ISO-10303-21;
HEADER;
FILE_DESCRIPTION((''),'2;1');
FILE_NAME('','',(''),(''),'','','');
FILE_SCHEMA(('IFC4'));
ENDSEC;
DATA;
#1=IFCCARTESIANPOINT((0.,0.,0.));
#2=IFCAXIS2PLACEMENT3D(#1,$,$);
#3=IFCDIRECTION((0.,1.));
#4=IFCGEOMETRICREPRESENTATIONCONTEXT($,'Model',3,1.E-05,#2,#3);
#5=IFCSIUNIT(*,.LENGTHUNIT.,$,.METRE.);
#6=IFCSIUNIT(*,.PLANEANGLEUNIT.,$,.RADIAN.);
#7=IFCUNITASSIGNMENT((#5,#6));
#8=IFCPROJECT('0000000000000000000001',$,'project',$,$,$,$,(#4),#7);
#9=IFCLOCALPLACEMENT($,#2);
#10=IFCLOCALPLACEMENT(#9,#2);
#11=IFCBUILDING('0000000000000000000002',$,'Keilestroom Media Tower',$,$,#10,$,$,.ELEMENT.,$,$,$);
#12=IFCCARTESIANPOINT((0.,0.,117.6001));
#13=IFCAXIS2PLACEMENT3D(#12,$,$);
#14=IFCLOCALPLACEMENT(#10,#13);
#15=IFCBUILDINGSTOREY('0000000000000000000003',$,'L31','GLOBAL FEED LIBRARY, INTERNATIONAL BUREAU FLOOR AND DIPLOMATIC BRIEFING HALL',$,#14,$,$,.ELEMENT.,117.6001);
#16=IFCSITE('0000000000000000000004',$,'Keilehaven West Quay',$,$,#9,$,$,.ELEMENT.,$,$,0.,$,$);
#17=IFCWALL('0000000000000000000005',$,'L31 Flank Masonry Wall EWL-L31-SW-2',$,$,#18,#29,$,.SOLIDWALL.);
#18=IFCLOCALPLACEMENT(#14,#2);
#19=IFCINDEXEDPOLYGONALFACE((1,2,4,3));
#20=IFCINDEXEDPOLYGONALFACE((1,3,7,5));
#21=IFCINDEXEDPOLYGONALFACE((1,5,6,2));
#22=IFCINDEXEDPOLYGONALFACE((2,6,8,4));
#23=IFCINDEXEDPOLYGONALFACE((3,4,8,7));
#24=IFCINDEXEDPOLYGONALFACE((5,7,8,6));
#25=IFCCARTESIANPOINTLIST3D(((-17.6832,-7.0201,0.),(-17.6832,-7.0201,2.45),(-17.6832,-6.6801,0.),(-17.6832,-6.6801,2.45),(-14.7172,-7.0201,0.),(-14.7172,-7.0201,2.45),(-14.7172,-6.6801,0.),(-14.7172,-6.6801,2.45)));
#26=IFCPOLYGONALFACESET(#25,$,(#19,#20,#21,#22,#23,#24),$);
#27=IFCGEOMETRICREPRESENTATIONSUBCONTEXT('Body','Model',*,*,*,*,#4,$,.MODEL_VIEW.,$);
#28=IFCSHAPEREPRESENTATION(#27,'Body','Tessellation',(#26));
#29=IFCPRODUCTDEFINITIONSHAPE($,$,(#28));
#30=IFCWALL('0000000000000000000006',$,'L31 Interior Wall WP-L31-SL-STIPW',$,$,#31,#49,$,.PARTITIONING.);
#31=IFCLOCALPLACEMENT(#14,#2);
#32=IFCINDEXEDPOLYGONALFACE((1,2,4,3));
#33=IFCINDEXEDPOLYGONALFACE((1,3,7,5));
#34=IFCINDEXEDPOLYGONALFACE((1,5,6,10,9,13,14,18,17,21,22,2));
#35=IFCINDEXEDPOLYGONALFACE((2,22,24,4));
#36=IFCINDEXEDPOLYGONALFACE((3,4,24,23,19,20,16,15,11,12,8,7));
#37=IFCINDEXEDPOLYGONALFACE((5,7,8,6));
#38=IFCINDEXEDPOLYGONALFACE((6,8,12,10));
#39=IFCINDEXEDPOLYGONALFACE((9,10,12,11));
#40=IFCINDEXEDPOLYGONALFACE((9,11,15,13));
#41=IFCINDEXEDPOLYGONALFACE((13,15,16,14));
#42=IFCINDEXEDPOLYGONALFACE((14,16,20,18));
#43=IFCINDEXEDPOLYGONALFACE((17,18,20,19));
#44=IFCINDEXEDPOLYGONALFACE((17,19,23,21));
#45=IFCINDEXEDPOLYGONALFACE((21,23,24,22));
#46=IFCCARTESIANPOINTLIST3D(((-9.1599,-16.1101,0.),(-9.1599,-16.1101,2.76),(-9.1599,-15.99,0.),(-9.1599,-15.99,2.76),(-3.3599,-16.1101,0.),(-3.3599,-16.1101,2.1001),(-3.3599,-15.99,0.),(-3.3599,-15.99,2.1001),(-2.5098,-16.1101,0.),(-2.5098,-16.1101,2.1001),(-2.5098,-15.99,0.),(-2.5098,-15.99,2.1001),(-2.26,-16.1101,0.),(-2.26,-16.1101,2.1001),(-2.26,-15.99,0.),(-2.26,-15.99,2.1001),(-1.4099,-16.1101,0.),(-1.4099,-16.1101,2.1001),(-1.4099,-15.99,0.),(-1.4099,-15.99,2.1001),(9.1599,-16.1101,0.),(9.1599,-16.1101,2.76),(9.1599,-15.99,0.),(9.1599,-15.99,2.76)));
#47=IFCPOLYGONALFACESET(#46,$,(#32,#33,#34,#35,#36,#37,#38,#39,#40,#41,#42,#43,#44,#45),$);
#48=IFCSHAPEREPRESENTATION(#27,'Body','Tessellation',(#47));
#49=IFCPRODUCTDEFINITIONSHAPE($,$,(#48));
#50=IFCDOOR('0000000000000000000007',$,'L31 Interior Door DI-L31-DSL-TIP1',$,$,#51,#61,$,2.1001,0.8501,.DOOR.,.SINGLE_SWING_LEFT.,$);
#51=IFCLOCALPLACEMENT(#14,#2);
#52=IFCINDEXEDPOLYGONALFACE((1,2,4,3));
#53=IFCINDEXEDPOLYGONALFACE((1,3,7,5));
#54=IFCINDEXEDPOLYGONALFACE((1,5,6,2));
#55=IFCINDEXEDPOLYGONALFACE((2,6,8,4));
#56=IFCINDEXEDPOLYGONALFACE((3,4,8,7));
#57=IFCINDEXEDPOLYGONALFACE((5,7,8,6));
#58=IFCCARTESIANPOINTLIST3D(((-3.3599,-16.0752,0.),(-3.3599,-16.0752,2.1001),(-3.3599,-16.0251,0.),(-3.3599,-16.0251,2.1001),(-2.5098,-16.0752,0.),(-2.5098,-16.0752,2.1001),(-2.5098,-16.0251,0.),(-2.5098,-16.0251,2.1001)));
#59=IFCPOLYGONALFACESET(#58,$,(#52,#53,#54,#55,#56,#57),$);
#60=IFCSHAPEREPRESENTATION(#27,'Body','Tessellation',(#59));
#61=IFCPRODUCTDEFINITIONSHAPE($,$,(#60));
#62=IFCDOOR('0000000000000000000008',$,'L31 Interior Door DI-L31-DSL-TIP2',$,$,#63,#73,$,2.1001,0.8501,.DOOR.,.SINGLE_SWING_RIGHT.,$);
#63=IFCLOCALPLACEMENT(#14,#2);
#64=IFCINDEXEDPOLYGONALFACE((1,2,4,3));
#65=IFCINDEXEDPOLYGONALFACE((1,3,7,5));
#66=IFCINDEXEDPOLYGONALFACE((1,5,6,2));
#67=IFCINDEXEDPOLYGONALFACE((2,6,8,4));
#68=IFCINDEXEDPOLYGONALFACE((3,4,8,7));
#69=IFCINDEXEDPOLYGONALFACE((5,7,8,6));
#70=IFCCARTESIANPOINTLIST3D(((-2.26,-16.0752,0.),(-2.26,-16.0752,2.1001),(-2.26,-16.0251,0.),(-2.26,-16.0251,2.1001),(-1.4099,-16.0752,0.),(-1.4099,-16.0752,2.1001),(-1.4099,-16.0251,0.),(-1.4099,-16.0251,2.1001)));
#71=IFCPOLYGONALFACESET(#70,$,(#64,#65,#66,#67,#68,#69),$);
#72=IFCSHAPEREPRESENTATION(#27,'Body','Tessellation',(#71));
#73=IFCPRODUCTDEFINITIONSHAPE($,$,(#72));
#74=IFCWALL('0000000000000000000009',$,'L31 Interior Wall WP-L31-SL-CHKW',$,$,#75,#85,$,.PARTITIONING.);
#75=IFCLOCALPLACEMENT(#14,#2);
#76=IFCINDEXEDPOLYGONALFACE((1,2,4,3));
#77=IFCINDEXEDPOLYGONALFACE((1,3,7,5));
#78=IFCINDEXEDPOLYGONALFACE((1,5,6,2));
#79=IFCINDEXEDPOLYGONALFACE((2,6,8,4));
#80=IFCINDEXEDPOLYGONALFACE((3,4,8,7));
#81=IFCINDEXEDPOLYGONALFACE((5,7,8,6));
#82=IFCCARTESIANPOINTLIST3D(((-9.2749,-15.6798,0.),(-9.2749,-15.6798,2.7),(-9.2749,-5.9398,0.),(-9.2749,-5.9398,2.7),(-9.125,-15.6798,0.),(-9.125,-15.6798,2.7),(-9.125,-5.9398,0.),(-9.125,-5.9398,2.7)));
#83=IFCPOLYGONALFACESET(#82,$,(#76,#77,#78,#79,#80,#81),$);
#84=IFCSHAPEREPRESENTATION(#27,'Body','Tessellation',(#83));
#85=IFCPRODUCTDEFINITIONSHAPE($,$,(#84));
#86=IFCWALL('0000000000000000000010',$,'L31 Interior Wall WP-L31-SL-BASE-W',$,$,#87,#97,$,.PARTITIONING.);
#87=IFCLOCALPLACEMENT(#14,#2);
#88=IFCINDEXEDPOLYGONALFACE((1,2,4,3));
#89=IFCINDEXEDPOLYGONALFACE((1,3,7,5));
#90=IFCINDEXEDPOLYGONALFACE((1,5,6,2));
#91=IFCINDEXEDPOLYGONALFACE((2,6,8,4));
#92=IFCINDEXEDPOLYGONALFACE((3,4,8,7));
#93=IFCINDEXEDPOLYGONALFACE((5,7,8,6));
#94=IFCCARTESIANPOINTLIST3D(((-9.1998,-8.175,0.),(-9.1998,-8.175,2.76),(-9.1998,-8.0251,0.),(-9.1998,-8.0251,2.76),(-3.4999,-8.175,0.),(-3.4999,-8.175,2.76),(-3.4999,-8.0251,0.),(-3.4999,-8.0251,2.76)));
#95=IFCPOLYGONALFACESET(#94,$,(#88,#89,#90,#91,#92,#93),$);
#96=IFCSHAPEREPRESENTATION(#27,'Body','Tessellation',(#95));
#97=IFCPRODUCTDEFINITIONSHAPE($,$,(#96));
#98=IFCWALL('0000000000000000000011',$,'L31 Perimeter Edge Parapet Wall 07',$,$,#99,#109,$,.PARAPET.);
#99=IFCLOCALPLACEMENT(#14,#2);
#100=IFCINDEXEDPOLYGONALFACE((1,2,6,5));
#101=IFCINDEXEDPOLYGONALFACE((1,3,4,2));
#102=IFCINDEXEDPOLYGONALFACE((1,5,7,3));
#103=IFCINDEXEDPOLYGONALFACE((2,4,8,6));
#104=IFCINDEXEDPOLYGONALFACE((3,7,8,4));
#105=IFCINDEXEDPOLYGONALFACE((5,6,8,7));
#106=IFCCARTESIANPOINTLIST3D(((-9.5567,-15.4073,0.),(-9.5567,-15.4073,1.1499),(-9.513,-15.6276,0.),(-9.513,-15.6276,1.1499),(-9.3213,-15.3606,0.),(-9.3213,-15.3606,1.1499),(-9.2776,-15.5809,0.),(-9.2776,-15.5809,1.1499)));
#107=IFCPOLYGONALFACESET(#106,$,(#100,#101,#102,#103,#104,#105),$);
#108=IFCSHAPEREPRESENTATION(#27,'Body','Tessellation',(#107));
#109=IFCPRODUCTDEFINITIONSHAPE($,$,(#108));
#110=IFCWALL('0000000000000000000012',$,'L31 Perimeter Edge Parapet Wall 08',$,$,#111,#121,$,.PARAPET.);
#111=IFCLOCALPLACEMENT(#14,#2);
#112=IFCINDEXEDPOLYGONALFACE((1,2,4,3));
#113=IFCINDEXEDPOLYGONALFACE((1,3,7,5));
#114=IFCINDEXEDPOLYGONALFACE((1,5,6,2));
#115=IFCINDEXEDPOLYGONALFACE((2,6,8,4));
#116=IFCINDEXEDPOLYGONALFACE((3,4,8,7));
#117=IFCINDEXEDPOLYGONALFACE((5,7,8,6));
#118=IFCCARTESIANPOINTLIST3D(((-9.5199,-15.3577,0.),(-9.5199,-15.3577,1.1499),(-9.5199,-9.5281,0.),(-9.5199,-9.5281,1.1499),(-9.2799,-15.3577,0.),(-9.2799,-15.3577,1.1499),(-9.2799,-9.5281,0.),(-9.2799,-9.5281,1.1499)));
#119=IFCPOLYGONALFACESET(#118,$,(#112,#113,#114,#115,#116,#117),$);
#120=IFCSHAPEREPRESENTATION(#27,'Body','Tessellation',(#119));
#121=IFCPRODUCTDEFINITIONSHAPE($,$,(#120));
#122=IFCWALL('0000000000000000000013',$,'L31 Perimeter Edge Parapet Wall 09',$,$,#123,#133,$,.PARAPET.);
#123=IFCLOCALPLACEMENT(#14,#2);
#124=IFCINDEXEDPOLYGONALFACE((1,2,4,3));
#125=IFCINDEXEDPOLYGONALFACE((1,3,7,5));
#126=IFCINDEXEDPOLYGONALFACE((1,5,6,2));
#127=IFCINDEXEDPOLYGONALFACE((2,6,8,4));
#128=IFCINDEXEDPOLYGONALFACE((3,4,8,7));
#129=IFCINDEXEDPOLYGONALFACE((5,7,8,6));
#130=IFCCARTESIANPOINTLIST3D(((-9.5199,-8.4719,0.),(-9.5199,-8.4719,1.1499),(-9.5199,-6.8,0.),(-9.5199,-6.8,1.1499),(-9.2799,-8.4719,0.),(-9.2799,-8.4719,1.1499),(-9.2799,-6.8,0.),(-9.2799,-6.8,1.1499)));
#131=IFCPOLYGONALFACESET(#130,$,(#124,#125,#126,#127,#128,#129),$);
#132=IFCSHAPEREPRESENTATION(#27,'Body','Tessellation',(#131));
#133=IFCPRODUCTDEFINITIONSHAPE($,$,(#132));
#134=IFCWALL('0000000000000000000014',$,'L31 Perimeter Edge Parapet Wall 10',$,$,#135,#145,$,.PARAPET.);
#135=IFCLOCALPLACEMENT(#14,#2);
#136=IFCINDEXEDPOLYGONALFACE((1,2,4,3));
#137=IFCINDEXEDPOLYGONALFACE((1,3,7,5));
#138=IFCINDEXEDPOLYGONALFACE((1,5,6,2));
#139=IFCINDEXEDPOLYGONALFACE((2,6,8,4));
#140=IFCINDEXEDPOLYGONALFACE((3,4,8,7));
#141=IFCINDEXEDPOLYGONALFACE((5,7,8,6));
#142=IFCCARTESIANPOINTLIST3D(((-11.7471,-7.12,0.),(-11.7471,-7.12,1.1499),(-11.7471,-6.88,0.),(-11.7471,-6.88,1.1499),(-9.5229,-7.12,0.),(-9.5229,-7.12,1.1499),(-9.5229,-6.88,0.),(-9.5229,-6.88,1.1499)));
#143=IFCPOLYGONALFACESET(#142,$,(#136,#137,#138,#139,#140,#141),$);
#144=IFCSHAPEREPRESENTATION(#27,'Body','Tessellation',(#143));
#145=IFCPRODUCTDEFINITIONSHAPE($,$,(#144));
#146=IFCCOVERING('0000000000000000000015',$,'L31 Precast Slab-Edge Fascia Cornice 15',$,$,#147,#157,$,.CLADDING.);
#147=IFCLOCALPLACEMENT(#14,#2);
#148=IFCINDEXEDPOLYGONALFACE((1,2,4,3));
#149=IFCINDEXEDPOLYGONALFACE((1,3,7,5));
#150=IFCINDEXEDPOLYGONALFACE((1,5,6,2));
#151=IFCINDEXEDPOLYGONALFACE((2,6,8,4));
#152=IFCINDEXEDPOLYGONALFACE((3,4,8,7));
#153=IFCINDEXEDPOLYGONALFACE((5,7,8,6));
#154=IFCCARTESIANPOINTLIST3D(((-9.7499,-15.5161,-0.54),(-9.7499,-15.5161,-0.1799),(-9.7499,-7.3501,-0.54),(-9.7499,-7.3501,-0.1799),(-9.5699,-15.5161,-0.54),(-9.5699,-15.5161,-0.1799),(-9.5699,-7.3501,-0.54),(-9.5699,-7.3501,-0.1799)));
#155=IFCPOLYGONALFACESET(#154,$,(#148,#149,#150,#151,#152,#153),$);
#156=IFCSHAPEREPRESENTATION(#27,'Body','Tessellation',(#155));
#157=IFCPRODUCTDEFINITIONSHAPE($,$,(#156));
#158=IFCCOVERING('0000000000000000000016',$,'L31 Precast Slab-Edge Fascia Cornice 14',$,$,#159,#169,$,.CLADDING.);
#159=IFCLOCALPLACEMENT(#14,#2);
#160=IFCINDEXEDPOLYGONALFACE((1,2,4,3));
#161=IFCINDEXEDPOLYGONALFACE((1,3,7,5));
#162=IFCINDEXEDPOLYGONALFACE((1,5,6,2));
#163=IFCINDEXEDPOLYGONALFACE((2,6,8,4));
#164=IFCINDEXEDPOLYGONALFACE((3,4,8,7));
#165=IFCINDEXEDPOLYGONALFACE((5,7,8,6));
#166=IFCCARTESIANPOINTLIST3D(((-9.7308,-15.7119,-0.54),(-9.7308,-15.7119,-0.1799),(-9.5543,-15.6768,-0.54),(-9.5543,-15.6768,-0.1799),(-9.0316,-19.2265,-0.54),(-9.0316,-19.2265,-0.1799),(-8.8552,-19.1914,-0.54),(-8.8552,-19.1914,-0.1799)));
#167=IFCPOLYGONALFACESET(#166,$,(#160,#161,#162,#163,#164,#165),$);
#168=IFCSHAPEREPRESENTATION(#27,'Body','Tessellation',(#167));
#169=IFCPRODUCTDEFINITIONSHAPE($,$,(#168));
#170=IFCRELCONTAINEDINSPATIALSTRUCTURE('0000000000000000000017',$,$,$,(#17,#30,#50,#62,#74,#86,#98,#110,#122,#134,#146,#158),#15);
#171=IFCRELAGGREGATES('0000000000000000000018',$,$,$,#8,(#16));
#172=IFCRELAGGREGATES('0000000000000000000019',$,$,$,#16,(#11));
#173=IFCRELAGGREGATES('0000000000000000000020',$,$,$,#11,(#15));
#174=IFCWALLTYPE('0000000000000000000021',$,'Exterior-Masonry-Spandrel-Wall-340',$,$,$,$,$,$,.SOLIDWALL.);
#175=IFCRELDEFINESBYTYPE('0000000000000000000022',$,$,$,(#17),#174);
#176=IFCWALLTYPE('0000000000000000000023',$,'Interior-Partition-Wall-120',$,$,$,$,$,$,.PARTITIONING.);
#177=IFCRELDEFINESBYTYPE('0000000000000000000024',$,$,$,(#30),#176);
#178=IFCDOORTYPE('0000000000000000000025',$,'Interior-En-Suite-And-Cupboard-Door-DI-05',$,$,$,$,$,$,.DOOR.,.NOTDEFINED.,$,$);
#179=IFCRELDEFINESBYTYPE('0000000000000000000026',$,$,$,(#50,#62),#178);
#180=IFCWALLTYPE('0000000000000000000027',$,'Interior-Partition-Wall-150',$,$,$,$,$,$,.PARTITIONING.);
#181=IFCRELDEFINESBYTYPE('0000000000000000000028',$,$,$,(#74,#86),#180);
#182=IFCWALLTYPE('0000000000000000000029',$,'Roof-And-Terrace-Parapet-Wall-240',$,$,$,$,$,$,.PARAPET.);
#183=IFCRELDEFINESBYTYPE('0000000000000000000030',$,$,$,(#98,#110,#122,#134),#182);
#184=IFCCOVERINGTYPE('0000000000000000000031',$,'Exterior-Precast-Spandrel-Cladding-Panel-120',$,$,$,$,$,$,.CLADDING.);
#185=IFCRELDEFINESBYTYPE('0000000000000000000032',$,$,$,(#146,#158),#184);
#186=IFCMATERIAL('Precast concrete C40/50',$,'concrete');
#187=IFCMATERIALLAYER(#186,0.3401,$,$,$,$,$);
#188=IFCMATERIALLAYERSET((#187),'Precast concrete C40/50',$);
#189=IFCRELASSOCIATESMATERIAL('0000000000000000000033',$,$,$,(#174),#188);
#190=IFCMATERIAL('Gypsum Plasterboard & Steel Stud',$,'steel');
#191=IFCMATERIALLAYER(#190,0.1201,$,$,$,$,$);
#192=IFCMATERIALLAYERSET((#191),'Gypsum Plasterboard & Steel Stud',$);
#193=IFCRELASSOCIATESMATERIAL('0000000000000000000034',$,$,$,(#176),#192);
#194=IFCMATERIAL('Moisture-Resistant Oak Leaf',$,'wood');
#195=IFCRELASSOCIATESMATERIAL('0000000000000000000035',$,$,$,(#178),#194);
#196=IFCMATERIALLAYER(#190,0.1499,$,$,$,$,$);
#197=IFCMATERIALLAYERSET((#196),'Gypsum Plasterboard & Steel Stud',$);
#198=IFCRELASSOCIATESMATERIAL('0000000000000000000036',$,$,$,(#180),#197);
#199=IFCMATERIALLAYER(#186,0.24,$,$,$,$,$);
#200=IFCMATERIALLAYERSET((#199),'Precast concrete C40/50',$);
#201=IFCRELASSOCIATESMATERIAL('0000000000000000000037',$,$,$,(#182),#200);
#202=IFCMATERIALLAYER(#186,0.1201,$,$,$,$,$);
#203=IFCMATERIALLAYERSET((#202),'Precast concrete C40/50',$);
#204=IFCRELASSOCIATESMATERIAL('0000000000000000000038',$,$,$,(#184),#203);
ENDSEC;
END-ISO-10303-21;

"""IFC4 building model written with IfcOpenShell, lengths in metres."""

from ifc_helpers import new_model, si_unit, direction, frame, frame_2d, origin, origin_2d, place, context, subcontext, project, spatial, rectangle, extrude, source, transform, mapped, material, layer, layer_set, type_object, element, fill, save


model = new_model("IFC4")

# Units and contexts
model_context = context("Model", 3, precision=1e-05, world=origin(), true_north=direction((0.0, 1.0)))
body_context = subcontext(model_context, "Body", "Model", "MODEL_VIEW")
ifc_project = project(units=[si_unit("LENGTHUNIT", "METRE"), si_unit("PLANEANGLEUNIT", "RADIAN")], contexts=[model_context])

# Site, building, storey
site_placement = place(None, origin())
site = spatial("IfcSite", under=ifc_project, at=site_placement, Name="Keilehaven West Quay", CompositionType="ELEMENT", RefElevation=0.0)
building_placement = place(site_placement, origin())
building = spatial("IfcBuilding", under=site, at=building_placement, Name="Keilestroom Media Tower", CompositionType="ELEMENT")
storey_placement = place(building_placement, frame((0.0, 0.0, 117.6001)))
storey = spatial("IfcBuildingStorey", under=building, at=storey_placement, Name="L31", Description="GLOBAL FEED LIBRARY, INTERNATIONAL BUREAU FLOOR AND DIPLOMATIC BRIEFING HALL", CompositionType="ELEMENT", Elevation=117.6001)

# Shared definitions
ifc_material_1 = material(Name="Precast concrete C40/50", Category="concrete")

# Wall
ifc_layer_1 = layer(ifc_material_1, 0.3401)
ifc_layer_set_1 = layer_set([ifc_layer_1], Name="Precast concrete C40/50")
wall_type_1 = type_object("IfcWallType", Name="Exterior-Masonry-Spandrel-Wall-340", PredefinedType="SOLIDWALL", material=ifc_layer_set_1)
wall_1_placement = place(storey_placement, frame((-17.6831, -6.8501, 0.0), z_axis=(0.0, 0.0, 1.0), x_axis=(1.0, 0.0, 0.0)))
element("IfcWall", 1, at=wall_1_placement, inside=storey, type_object=wall_type_1, Name="L31 Flank Masonry Wall EWL-L31-SW-2", PredefinedType="SOLIDWALL", context=body_context, shape_type="SweptSolid", body=[
    extrude(rectangle(XDim=2.9661, YDim=0.3401, at=frame_2d((1.4829, 0.0))), origin(), (0.0, 0.0, 1.0), 2.45),
])

# Wall, openings, doors
ifc_material_2 = material(Name="Gypsum Plasterboard & Steel Stud", Category="steel")
ifc_layer_2 = layer(ifc_material_2, 0.1201)
ifc_layer_set_2 = layer_set([ifc_layer_2], Name="Gypsum Plasterboard & Steel Stud")
wall_type_2 = type_object("IfcWallType", Name="Interior-Partition-Wall-120", PredefinedType="PARTITIONING", material=ifc_layer_set_2)
wall_2_placement = place(storey_placement, frame((-9.1599, -16.05, 0.0), z_axis=(0.0, 0.0, 1.0), x_axis=(1.0, 0.0, 0.0)))
wall_2 = element("IfcWall", 2, at=wall_2_placement, inside=storey, type_object=wall_type_2, Name="L31 Interior Wall WP-L31-SL-STIPW", PredefinedType="PARTITIONING", context=body_context, shape_type="SweptSolid", body=[
    extrude(rectangle(XDim=18.3198, YDim=0.1201, at=frame_2d((9.1599, 0.0))), origin(), (0.0, 0.0, 1.0), 2.76),
])
opening_1_placement = place(wall_2_placement, frame((5.8, 0.0, 0.0)))
opening_1 = element("IfcOpeningElement", 3, at=opening_1_placement, cuts=wall_2, PredefinedType="OPENING", context=body_context, shape_type="SweptSolid", body=[
    extrude(rectangle(XDim=0.8501, YDim=2.1001, at=frame_2d((0.425, 1.05))), frame((0.0, 0.0701, 0.0), z_axis=(0.0, -1.0, 0.0), x_axis=(1.0, 0.0, 0.0)), (0.0, 0.0, 1.0), 0.1401),
])
opening_2_placement = place(wall_2_placement, frame((6.8999, 0.0, 0.0)))
opening_2 = element("IfcOpeningElement", 4, at=opening_2_placement, cuts=wall_2, PredefinedType="OPENING", context=body_context, shape_type="SweptSolid", body=[
    extrude(rectangle(XDim=0.8501, YDim=2.1001, at=frame_2d((0.425, 1.05))), frame((0.0, 0.0701, 0.0), z_axis=(0.0, -1.0, 0.0), x_axis=(1.0, 0.0, 0.0)), (0.0, 0.0, 1.0), 0.1401),
])
ifc_material_3 = material(Name="Moisture-Resistant Oak Leaf", Category="wood")
door_type = type_object("IfcDoorType", Name="Interior-En-Suite-And-Cupboard-Door-DI-05", OperationType="NOTDEFINED", PredefinedType="DOOR", material=ifc_material_3)
shared_shape_1 = source(origin(), body_context, "Body", "SweptSolid", [
    extrude(rectangle(XDim=0.8501, YDim=2.1001, at=frame_2d((0.425, 1.05))), frame((0.0, 0.0249, 0.0), z_axis=(0.0, -1.0, 0.0), x_axis=(1.0, 0.0, 0.0)), (0.0, 0.0, 1.0), 0.05),
])
door_1_placement = place(opening_1_placement, origin())
door_1 = element("IfcDoor", 5, at=door_1_placement, inside=storey, type_object=door_type, Name="L31 Interior Door DI-L31-DSL-TIP1", OperationType="SINGLE_SWING_LEFT", OverallHeight=2.1001, OverallWidth=0.8501, PredefinedType="DOOR", context=body_context, shape_type="MappedRepresentation", body=[
    mapped(shared_shape_1, transform((0.0, 0.0, 0.0), x_axis=(1.0, 0.0, 0.0), y_axis=(0.0, 1.0, 0.0), z_axis=(0.0, 0.0, 1.0), scale=1.0)),
])
fill(opening_1, door_1)
door_2_placement = place(opening_2_placement, origin())
door_2 = element("IfcDoor", 6, at=door_2_placement, inside=storey, type_object=door_type, Name="L31 Interior Door DI-L31-DSL-TIP2", OperationType="SINGLE_SWING_RIGHT", OverallHeight=2.1001, OverallWidth=0.8501, PredefinedType="DOOR", context=body_context, shape_type="MappedRepresentation", body=[
    mapped(shared_shape_1, transform((0.0, 0.0, 0.0), x_axis=(1.0, 0.0, 0.0), y_axis=(0.0, 1.0, 0.0), z_axis=(0.0, 0.0, 1.0), scale=1.0)),
])
fill(opening_2, door_2)

# Walls
ifc_layer_3 = layer(ifc_material_2, 0.1499)
ifc_layer_set_3 = layer_set([ifc_layer_3], Name="Gypsum Plasterboard & Steel Stud")
wall_type_3 = type_object("IfcWallType", Name="Interior-Partition-Wall-150", PredefinedType="PARTITIONING", material=ifc_layer_set_3)
wall_3_placement = place(storey_placement, frame((-9.2, -15.6799, 0.0), z_axis=(0.0, 0.0, 1.0), x_axis=(0.0, 1.0, 0.0)))
element("IfcWall", 7, at=wall_3_placement, inside=storey, type_object=wall_type_3, Name="L31 Interior Wall WP-L31-SL-CHKW", PredefinedType="PARTITIONING", context=body_context, shape_type="SweptSolid", body=[
    extrude(rectangle(XDim=9.74, YDim=0.1499, at=frame_2d((4.8701, 0.0))), origin(), (0.0, 0.0, 1.0), 2.7),
])
wall_4_placement = place(storey_placement, frame((-9.2, -8.1001, 0.0), z_axis=(0.0, 0.0, 1.0), x_axis=(1.0, 0.0, 0.0)))
element("IfcWall", 8, at=wall_4_placement, inside=storey, type_object=wall_type_3, Name="L31 Interior Wall WP-L31-SL-BASE-W", PredefinedType="PARTITIONING", context=body_context, shape_type="SweptSolid", body=[
    extrude(rectangle(XDim=5.7, YDim=0.1499, at=frame_2d((2.8501, 0.0))), origin(), (0.0, 0.0, 1.0), 2.76),
])
ifc_layer_4 = layer(ifc_material_1, 0.24)
ifc_layer_set_4 = layer_set([ifc_layer_4], Name="Precast concrete C40/50")
wall_type_4 = type_object("IfcWallType", Name="Roof-And-Terrace-Parapet-Wall-240", PredefinedType="PARAPET", material=ifc_layer_set_4)
wall_5_placement = place(storey_placement, frame((-9.3953, -15.6042, 0.0), z_axis=(0.0, 0.0, 1.0), x_axis=(-0.194652, 0.980872, 0.0)))
element("IfcWall", 9, at=wall_5_placement, inside=storey, type_object=wall_type_4, Name="L31 Perimeter Edge Parapet Wall 07", PredefinedType="PARAPET", context=body_context, shape_type="SweptSolid", body=[
    extrude(rectangle(XDim=0.2246, YDim=0.24, at=frame_2d((0.1123, 0.0))), origin(), (0.0, 0.0, 1.0), 1.1499),
])
wall_6_placement = place(storey_placement, frame((-9.3999, -15.3577, 0.0), z_axis=(0.0, 0.0, 1.0), x_axis=(0.0, 1.0, 0.0)))
element("IfcWall", 10, at=wall_6_placement, inside=storey, type_object=wall_type_4, Name="L31 Perimeter Edge Parapet Wall 08", PredefinedType="PARAPET", context=body_context, shape_type="SweptSolid", body=[
    extrude(rectangle(XDim=5.8296, YDim=0.24, at=frame_2d((2.9148, 0.0))), origin(), (0.0, 0.0, 1.0), 1.1499),
])
wall_7_placement = place(storey_placement, frame((-9.3999, -8.4719, 0.0), z_axis=(0.0, 0.0, 1.0), x_axis=(0.0, 1.0, 0.0)))
element("IfcWall", 11, at=wall_7_placement, inside=storey, type_object=wall_type_4, Name="L31 Perimeter Edge Parapet Wall 09", PredefinedType="PARAPET", context=body_context, shape_type="SweptSolid", body=[
    extrude(rectangle(XDim=1.6719, YDim=0.24, at=frame_2d((0.8359, 0.0))), origin(), (0.0, 0.0, 1.0), 1.1499),
])
wall_8_placement = place(storey_placement, frame((-9.5229, -7.0, 0.0), z_axis=(0.0, 0.0, 1.0), x_axis=(-1.0, 0.0, 0.0)))
element("IfcWall", 12, at=wall_8_placement, inside=storey, type_object=wall_type_4, Name="L31 Perimeter Edge Parapet Wall 10", PredefinedType="PARAPET", context=body_context, shape_type="SweptSolid", body=[
    extrude(rectangle(XDim=2.2241, YDim=0.24, at=frame_2d((1.1121, 0.0))), origin(), (0.0, 0.0, 1.0), 1.1499),
])

# Coverings
ifc_layer_5 = layer(ifc_material_1, 0.1201)
ifc_layer_set_5 = layer_set([ifc_layer_5], Name="Precast concrete C40/50")
covering_type = type_object("IfcCoveringType", Name="Exterior-Precast-Spandrel-Cladding-Panel-120", PredefinedType="CLADDING", material=ifc_layer_set_5)
shared_shape_2 = source(origin(), body_context, "Body", "SweptSolid", [
    extrude(rectangle(XDim=8.166, YDim=0.1799, at=origin_2d()), origin(), (0.0, 0.0, 1.0), 0.3601),
])
covering_1_placement = place(storey_placement, frame((-9.6599, -11.4331, -0.54), z_axis=(0.0, 0.0, 1.0), x_axis=(0.0, 1.0, 0.0)))
element("IfcCovering", 13, at=covering_1_placement, inside=storey, type_object=covering_type, Name="L31 Precast Slab-Edge Fascia Cornice 15", PredefinedType="CLADDING", context=body_context, shape_type="MappedRepresentation", body=[
    mapped(shared_shape_2, transform((0.0, 0.0, 0.0), x_axis=(1.0, 0.0, 0.0), y_axis=(0.0, 1.0, 0.0), z_axis=(0.0, 0.0, 1.0), scale=1.0)),
])
shared_shape_3 = source(origin(), body_context, "Body", "SweptSolid", [
    extrude(rectangle(XDim=3.5835, YDim=0.1799, at=origin_2d()), origin(), (0.0, 0.0, 1.0), 0.3601),
])
covering_2_placement = place(storey_placement, frame((-9.293, -17.4517, -0.54), z_axis=(0.0, 0.0, 1.0), x_axis=(-0.195099, 0.980784, 0.0)))
element("IfcCovering", 14, at=covering_2_placement, inside=storey, type_object=covering_type, Name="L31 Precast Slab-Edge Fascia Cornice 14", PredefinedType="CLADDING", context=body_context, shape_type="MappedRepresentation", body=[
    mapped(shared_shape_3, transform((0.0, 0.0, 0.0), x_axis=(1.0, 0.0, 0.0), y_axis=(0.0, 1.0, 0.0), z_axis=(0.0, 0.0, 1.0), scale=1.0)),
])

save(model, "model.ifc")
